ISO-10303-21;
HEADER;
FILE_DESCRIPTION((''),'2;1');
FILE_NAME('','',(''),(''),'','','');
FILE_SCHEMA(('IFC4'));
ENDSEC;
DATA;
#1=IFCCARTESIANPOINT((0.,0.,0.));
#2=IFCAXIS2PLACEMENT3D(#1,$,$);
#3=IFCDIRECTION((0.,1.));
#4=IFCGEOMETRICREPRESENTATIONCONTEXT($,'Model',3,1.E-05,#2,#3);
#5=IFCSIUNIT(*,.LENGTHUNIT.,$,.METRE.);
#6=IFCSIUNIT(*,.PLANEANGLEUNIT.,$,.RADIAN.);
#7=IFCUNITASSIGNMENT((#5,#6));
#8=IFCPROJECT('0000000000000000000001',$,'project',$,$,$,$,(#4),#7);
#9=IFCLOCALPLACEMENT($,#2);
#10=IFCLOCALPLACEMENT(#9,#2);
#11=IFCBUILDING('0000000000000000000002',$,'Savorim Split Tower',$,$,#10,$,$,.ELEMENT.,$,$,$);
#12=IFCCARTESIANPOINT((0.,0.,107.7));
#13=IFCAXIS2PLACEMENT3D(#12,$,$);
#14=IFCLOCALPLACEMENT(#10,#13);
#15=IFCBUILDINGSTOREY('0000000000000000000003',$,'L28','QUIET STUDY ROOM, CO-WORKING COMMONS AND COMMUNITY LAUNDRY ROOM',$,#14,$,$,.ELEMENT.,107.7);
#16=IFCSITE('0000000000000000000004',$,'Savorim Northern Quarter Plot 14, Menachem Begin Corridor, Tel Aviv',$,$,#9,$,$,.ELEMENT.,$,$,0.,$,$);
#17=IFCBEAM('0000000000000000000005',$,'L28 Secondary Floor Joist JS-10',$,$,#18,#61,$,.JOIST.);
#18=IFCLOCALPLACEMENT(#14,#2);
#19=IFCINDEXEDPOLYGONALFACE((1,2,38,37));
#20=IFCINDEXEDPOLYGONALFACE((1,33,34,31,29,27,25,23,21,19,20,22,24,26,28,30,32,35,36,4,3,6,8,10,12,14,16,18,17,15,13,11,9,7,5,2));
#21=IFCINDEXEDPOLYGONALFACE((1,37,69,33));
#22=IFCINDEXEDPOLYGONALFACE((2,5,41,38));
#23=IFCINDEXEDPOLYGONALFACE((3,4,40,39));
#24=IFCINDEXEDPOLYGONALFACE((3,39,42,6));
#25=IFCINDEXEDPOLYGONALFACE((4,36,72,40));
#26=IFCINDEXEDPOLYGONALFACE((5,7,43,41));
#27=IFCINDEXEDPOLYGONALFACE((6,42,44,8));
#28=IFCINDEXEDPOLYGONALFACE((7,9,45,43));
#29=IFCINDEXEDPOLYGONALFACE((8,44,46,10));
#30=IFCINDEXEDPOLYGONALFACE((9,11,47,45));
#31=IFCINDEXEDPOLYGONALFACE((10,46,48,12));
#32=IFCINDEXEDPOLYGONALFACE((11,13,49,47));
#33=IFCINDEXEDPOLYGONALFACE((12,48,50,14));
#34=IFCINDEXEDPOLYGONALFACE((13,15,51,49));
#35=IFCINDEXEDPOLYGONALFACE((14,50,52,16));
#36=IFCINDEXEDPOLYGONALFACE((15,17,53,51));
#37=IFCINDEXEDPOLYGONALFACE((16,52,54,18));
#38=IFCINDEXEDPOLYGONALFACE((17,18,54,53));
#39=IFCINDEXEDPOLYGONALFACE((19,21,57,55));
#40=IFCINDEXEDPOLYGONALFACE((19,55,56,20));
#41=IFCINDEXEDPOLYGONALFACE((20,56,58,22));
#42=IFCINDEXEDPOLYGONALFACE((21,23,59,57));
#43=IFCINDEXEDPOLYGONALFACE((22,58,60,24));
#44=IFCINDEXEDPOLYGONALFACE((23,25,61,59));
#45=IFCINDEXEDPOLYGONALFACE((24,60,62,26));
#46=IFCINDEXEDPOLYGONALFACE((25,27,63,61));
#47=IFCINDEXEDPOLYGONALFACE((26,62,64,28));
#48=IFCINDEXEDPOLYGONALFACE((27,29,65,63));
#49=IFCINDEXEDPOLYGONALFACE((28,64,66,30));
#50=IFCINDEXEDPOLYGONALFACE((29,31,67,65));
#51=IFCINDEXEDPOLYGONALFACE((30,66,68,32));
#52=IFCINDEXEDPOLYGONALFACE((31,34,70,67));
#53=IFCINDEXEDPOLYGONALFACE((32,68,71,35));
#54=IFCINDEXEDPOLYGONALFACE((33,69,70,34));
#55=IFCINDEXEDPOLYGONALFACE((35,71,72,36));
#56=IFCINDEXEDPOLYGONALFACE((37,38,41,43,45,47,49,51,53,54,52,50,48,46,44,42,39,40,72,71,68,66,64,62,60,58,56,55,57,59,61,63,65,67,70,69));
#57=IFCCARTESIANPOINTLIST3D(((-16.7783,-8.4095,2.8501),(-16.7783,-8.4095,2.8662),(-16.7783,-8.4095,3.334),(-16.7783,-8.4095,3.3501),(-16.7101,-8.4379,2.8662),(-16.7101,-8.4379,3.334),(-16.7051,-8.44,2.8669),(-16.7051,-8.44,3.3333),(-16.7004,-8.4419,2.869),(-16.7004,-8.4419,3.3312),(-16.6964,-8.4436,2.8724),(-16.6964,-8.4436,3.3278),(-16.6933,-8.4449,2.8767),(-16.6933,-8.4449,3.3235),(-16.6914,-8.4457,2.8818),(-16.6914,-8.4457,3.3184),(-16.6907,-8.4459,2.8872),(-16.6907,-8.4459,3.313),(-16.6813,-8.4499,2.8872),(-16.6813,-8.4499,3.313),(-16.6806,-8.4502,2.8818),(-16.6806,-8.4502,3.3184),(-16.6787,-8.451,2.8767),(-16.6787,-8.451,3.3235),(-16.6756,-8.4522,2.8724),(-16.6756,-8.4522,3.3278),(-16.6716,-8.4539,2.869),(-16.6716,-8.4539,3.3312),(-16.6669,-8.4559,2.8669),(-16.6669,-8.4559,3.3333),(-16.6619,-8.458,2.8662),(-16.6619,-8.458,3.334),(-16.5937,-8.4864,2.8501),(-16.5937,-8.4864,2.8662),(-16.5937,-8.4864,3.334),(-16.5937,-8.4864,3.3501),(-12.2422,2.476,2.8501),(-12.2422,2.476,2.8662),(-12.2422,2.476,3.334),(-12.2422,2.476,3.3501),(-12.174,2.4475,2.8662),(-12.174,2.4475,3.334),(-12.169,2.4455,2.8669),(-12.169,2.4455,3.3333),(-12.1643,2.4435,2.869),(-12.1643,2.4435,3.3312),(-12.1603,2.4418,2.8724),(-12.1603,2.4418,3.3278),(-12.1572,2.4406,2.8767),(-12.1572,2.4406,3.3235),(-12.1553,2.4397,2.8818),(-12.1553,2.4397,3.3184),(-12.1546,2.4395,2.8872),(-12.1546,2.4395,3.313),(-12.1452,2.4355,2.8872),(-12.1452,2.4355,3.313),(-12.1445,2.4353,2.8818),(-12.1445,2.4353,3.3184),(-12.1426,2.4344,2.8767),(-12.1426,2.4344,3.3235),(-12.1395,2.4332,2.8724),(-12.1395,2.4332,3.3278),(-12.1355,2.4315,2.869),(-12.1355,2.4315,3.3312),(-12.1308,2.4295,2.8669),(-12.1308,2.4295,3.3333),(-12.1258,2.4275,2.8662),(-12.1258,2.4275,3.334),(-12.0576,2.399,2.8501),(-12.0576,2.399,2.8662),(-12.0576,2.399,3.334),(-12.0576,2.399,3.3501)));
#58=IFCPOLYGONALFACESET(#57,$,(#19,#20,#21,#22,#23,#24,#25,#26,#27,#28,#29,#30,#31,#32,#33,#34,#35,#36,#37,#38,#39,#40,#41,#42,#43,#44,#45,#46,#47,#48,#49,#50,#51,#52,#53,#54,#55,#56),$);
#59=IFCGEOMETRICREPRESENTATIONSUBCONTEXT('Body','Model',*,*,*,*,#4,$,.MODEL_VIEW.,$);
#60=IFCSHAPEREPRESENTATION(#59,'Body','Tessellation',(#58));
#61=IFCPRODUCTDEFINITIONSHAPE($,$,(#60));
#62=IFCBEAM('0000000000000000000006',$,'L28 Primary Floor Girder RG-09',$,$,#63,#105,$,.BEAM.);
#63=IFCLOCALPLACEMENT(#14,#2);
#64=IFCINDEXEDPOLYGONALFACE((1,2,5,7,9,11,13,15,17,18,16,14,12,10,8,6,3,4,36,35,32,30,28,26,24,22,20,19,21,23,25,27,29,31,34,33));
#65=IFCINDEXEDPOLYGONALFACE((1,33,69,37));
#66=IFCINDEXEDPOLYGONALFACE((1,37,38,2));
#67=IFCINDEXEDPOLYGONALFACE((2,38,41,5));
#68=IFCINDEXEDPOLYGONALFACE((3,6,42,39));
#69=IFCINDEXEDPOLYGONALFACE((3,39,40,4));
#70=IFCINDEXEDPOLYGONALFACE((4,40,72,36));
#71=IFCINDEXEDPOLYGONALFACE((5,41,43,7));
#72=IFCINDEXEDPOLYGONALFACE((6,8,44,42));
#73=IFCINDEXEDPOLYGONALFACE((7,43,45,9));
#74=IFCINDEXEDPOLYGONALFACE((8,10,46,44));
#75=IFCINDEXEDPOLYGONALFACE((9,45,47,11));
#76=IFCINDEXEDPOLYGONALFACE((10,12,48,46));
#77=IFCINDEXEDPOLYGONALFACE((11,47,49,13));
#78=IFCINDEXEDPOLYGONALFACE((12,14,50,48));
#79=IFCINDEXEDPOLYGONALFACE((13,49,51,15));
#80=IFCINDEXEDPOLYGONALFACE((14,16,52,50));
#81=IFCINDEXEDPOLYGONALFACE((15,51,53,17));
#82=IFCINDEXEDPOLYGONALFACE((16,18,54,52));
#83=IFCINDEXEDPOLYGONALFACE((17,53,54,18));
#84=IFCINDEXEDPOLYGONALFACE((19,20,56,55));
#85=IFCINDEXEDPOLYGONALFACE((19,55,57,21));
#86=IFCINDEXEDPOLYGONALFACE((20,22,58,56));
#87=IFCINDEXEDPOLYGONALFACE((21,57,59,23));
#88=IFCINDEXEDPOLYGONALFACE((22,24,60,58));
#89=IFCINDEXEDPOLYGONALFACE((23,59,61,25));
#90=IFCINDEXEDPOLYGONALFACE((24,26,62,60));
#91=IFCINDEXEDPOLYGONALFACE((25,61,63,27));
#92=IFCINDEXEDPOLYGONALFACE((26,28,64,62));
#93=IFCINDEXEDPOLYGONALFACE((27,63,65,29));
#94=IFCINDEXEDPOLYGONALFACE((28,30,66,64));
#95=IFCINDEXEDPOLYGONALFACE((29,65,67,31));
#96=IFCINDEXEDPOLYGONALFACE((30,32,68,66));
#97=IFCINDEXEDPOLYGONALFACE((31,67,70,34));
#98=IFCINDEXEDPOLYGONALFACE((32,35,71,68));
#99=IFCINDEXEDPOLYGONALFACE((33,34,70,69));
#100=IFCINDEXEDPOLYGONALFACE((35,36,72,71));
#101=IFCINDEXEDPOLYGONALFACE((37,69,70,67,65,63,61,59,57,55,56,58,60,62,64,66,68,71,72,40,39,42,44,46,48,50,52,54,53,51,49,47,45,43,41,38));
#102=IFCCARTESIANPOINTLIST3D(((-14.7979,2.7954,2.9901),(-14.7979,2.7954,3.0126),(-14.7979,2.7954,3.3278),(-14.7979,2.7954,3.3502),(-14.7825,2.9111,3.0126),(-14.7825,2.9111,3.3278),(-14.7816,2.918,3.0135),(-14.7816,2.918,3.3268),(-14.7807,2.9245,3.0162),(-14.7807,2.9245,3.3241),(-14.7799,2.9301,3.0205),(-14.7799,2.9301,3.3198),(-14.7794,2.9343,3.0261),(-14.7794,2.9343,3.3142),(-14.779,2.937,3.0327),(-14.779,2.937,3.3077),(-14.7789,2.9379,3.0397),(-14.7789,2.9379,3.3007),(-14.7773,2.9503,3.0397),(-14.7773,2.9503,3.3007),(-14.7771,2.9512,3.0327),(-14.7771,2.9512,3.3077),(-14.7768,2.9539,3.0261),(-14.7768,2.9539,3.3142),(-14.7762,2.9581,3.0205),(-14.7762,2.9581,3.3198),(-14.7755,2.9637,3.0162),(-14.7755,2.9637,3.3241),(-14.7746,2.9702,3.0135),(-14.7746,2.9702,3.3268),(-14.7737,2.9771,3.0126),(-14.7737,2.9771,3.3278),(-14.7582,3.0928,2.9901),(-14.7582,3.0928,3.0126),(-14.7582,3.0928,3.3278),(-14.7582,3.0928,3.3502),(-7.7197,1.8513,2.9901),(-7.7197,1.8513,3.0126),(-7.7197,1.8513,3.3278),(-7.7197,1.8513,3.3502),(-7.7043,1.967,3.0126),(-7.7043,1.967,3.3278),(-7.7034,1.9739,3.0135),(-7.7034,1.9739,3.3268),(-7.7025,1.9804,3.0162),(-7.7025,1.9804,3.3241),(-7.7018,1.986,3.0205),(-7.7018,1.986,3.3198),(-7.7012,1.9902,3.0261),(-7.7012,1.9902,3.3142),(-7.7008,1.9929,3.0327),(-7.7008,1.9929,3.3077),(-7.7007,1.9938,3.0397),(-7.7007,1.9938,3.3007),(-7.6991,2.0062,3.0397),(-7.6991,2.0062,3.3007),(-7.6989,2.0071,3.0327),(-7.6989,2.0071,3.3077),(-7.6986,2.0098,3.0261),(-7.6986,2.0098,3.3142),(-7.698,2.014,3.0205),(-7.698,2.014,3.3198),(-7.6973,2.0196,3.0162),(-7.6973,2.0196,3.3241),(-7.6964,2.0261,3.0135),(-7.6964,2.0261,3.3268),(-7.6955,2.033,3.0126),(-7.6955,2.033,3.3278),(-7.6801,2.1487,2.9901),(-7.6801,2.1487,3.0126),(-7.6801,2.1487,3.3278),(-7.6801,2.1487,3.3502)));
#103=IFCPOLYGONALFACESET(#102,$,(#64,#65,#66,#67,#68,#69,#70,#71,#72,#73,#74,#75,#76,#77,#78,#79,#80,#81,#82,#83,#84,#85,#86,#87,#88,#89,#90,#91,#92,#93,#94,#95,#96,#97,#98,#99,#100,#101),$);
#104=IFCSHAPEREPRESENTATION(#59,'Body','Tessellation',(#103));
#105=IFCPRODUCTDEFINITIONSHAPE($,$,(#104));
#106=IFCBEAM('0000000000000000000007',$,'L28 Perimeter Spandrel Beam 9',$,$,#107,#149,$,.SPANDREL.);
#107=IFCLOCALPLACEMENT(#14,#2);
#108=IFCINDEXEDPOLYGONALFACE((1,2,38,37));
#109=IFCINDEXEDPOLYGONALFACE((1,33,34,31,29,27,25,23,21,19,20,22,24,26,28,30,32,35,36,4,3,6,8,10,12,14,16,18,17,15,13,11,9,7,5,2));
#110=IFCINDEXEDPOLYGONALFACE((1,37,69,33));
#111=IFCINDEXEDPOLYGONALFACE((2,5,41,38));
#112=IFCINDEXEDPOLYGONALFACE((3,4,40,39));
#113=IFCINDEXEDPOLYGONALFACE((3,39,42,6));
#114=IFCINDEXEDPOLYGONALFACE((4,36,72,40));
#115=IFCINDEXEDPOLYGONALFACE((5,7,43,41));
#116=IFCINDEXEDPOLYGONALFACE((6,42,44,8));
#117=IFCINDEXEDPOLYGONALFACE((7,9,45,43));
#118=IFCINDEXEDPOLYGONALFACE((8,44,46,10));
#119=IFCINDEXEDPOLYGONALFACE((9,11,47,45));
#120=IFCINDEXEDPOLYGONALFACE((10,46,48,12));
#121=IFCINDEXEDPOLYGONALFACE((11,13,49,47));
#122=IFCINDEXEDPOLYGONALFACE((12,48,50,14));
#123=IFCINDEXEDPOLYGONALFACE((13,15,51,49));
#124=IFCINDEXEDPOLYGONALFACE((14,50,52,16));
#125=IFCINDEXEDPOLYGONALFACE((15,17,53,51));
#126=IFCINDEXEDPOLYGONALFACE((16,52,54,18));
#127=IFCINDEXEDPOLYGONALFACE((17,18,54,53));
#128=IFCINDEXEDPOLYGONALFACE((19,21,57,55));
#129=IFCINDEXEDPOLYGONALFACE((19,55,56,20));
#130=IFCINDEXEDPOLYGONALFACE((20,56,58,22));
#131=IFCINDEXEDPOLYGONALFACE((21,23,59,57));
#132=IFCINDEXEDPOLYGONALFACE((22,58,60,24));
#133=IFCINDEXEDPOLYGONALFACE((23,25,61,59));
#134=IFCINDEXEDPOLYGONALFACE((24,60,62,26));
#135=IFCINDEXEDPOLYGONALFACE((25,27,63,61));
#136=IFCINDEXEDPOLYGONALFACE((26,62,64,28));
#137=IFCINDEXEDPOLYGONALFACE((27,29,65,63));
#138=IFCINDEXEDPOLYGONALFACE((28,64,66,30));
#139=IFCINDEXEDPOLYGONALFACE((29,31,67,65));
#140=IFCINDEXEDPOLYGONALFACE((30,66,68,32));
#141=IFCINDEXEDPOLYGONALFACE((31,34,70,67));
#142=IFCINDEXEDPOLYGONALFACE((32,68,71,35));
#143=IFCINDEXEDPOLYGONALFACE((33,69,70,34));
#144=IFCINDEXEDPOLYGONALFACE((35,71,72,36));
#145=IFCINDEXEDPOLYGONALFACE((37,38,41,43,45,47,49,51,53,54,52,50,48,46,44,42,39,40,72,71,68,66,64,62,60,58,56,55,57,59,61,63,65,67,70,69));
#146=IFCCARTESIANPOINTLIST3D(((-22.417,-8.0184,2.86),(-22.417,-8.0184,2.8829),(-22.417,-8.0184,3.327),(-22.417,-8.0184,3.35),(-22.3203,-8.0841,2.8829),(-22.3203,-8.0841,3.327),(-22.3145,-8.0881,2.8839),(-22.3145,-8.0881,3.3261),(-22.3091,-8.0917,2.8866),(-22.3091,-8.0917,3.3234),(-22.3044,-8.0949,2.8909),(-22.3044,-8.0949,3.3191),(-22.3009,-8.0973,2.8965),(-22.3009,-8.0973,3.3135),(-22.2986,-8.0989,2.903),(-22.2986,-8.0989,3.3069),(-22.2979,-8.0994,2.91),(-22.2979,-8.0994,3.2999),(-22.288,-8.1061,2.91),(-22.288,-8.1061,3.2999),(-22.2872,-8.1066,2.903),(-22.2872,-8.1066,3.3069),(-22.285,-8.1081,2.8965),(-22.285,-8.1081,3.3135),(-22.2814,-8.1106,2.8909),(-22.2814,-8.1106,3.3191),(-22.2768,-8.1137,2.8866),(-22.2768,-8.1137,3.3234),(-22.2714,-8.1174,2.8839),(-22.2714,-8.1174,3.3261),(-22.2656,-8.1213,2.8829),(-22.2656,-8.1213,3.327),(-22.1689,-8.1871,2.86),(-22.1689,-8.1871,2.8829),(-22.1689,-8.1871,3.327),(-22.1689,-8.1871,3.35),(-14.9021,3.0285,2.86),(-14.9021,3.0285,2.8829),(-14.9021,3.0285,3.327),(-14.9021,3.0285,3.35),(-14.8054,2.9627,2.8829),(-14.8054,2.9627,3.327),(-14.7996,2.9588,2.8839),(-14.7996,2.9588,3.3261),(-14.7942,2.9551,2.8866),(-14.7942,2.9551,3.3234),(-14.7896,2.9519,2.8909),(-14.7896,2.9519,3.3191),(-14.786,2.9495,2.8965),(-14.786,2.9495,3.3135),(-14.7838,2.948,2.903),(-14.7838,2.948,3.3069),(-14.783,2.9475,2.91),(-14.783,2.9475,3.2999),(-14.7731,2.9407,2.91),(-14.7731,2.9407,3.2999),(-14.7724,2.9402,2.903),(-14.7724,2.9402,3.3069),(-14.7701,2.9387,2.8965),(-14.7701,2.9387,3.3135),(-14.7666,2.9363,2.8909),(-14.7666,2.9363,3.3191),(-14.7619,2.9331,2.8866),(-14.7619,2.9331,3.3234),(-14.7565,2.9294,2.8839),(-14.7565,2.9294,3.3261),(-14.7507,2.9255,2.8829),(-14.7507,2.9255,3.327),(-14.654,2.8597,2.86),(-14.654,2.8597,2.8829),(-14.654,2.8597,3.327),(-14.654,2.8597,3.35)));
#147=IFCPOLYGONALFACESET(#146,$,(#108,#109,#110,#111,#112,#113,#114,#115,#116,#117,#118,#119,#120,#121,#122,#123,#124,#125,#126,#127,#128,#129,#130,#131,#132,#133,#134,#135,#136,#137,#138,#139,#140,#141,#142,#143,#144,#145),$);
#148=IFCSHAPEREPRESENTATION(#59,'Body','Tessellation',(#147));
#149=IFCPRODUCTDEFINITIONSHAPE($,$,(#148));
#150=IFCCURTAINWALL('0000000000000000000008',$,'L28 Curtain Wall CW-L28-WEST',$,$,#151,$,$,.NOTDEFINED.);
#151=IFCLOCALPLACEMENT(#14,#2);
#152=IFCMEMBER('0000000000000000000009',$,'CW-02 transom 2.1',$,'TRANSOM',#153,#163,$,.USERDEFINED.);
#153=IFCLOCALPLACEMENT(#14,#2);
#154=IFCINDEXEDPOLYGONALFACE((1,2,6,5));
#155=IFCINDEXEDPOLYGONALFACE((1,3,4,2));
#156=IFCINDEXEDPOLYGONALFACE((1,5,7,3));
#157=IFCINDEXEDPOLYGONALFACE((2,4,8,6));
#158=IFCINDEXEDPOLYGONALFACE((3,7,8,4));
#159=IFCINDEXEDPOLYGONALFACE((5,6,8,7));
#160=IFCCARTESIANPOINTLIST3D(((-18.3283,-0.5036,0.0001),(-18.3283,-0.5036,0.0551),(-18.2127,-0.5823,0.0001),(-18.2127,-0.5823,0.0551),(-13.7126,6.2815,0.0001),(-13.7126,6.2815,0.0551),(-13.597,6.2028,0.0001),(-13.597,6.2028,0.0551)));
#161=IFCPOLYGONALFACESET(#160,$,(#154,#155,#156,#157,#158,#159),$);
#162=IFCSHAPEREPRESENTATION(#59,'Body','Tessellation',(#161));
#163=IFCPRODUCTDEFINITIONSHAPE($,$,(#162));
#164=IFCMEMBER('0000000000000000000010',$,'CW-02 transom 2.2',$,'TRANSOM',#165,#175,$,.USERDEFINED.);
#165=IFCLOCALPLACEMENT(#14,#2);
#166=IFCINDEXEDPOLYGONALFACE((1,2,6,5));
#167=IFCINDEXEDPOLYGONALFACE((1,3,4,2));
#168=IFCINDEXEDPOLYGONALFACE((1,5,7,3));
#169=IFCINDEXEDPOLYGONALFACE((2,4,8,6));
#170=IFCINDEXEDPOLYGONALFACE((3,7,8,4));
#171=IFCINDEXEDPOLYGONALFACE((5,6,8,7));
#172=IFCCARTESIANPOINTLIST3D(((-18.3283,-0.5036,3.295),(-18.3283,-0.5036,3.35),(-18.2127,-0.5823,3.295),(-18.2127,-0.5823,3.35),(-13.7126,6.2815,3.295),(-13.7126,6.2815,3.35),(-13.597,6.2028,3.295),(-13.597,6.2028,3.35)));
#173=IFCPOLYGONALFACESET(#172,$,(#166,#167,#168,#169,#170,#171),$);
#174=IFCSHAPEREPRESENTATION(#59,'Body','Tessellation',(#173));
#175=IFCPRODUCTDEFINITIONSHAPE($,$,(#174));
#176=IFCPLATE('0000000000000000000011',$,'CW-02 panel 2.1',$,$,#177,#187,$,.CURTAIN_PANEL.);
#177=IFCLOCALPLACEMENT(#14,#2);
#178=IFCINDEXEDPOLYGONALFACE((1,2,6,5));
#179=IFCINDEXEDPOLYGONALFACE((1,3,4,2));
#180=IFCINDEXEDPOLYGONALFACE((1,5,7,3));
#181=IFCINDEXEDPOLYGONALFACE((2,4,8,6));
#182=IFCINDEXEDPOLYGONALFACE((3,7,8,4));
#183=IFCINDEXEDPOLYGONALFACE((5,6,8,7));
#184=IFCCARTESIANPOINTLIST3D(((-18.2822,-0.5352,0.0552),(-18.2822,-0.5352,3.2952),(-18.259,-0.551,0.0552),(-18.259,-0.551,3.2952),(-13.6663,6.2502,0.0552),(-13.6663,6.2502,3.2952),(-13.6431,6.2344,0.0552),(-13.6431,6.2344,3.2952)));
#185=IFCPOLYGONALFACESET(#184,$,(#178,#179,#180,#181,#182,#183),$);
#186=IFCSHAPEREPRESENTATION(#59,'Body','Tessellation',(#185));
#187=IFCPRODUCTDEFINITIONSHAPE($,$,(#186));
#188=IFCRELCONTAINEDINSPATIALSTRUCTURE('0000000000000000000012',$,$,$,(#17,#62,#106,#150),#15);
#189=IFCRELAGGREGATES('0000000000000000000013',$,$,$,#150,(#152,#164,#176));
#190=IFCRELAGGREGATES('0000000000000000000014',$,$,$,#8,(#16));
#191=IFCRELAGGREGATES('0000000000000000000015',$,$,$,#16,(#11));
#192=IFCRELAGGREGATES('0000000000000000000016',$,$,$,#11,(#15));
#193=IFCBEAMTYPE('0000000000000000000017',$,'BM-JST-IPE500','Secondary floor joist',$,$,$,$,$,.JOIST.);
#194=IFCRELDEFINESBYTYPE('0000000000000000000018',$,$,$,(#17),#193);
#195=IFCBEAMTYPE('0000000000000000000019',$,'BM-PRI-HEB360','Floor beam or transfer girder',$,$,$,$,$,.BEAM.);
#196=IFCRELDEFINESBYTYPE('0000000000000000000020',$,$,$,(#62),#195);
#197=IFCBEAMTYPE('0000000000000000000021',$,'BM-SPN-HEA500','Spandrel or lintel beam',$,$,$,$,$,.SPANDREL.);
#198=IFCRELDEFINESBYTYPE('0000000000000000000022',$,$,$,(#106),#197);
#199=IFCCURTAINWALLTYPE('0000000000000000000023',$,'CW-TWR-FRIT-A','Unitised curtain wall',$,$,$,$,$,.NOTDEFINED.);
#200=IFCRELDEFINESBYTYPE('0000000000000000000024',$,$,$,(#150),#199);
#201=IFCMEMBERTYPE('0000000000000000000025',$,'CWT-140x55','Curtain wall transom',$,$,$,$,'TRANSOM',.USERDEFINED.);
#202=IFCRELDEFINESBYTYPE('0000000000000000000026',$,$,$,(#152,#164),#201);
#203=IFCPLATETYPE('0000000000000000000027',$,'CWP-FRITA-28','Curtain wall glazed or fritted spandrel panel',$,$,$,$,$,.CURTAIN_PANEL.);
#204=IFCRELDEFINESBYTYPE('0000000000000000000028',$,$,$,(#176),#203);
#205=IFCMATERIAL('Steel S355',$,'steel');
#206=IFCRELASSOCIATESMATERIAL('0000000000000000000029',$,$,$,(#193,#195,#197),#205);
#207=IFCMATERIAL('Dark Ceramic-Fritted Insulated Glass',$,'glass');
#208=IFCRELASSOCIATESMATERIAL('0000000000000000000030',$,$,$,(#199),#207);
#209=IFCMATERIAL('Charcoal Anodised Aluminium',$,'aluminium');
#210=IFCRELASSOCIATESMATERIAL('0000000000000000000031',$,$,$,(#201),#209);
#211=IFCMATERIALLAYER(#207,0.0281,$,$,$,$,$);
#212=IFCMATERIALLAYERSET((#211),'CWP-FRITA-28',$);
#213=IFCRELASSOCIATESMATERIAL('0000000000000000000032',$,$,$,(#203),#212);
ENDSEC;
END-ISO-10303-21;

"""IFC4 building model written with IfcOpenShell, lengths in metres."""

from ifc_helpers import new_model, si_unit, direction, frame, origin, origin_2d, place, context, subcontext, project, spatial, rectangle, i_section, extrude, material, layer, layer_set, material_profile, profile_set, type_object, element, aggregate, save


model = new_model("IFC4")

# Units and contexts
model_context = context("Model", 3, precision=1e-05, world=origin(), true_north=direction((0.0, 1.0)))
body_context = subcontext(model_context, "Body", "Model", "MODEL_VIEW")
ifc_project = project(units=[si_unit("LENGTHUNIT", "METRE"), si_unit("PLANEANGLEUNIT", "RADIAN")], contexts=[model_context])

# Site, building, storey
site_placement = place(None, origin())
site = spatial("IfcSite", under=ifc_project, at=site_placement, Name="Savorim Northern Quarter Plot 14, Menachem Begin Corridor, Tel Aviv", CompositionType="ELEMENT", RefElevation=0.0)
building_placement = place(site_placement, origin())
building = spatial("IfcBuilding", under=site, at=building_placement, Name="Savorim Split Tower", CompositionType="ELEMENT")
storey_placement = place(building_placement, frame((0.0, 0.0, 107.7)))
storey = spatial("IfcBuildingStorey", under=building, at=storey_placement, Name="L28", Description="QUIET STUDY ROOM, CO-WORKING COMMONS AND COMMUNITY LAUNDRY ROOM", CompositionType="ELEMENT", Elevation=107.7)

# Beams
ifc_material_1 = material(Name="Steel S355", Category="steel")
ifc_material_profile_1 = material_profile(ifc_material_1, i_section(OverallWidth=0.2, OverallDepth=0.5, WebThickness=0.0103, FlangeThickness=0.0161, FilletRadius=0.021, at=origin_2d()), Name="IPE 500")
ifc_profile_set_1 = profile_set([ifc_material_profile_1], Name="Steel S355")
beam_type_1 = type_object("IfcBeamType", Name="BM-JST-IPE500", Description="Secondary floor joist", PredefinedType="JOIST", material=ifc_profile_set_1)
beam_1_placement = place(storey_placement, frame((-12.1499, 2.4375, 3.1001), z_axis=(-0.384652, -0.923062, 0.0), x_axis=(0.923062, -0.384652, 0.0)))
element("IfcBeam", 1, at=beam_1_placement, inside=storey, type_object=beam_type_1, Name="L28 Secondary Floor Joist JS-10", PredefinedType="JOIST", context=body_context, shape_type="SweptSolid", body=[
    extrude(i_section(OverallWidth=0.2, OverallDepth=0.5, WebThickness=0.0103, FlangeThickness=0.0161, FilletRadius=0.021, at=origin_2d()), origin(), (0.0, 0.0, 1.0), 11.7927),
])
ifc_material_profile_2 = material_profile(ifc_material_1, i_section(OverallWidth=0.3, OverallDepth=0.3601, WebThickness=0.0125, FlangeThickness=0.0225, FilletRadius=0.0271, at=origin_2d()), Name="HEB 360")
ifc_profile_set_2 = profile_set([ifc_material_profile_2], Name="Steel S355")
beam_type_2 = type_object("IfcBeamType", Name="BM-PRI-HEB360", Description="Floor beam or transfer girder", PredefinedType="BEAM", material=ifc_profile_set_2)
beam_2_placement = place(storey_placement, frame((-14.7781, 2.9441, 3.1702), z_axis=(0.991222, -0.132211, 0.0), x_axis=(0.132211, 0.991222, 0.0)))
element("IfcBeam", 2, at=beam_2_placement, inside=storey, type_object=beam_type_2, Name="L28 Primary Floor Girder RG-09", PredefinedType="BEAM", context=body_context, shape_type="SweptSolid", body=[
    extrude(i_section(OverallWidth=0.3, OverallDepth=0.3601, WebThickness=0.0125, FlangeThickness=0.0225, FilletRadius=0.0271, at=origin_2d()), origin(), (0.0, 0.0, 1.0), 7.1409),
])
ifc_material_profile_3 = material_profile(ifc_material_1, i_section(OverallWidth=0.3, OverallDepth=0.49, WebThickness=0.012, FlangeThickness=0.0229, FilletRadius=0.0271, at=origin_2d()), Name="HEA 500")
ifc_profile_set_3 = profile_set([ifc_material_profile_3], Name="Steel S355")
beam_type_3 = type_object("IfcBeamType", Name="BM-SPN-HEA500", Description="Spandrel or lintel beam", PredefinedType="SPANDREL", material=ifc_profile_set_3)
beam_3_placement = place(storey_placement, frame((-14.7781, 2.9441, 3.105), z_axis=(-0.562464, -0.826821, 0.0), x_axis=(0.826821, -0.562464, 0.0)))
element("IfcBeam", 3, at=beam_3_placement, inside=storey, type_object=beam_type_3, Name="L28 Perimeter Spandrel Beam 9", PredefinedType="SPANDREL", context=body_context, shape_type="SweptSolid", body=[
    extrude(i_section(OverallWidth=0.3, OverallDepth=0.49, WebThickness=0.012, FlangeThickness=0.0229, FilletRadius=0.0271, at=origin_2d()), origin(), (0.0, 0.0, 1.0), 13.3606),
])

# Curtain wall, members, plate
ifc_material_2 = material(Name="Dark Ceramic-Fritted Insulated Glass", Category="glass")
curtain_wall_type = type_object("IfcCurtainWallType", Name="CW-TWR-FRIT-A", Description="Unitised curtain wall", PredefinedType="NOTDEFINED", material=ifc_material_2)
curtain_wall_placement = place(storey_placement, origin())
curtain_wall = element("IfcCurtainWall", 4, at=curtain_wall_placement, inside=storey, type_object=curtain_wall_type, Name="L28 Curtain Wall CW-L28-WEST", PredefinedType="NOTDEFINED")
ifc_material_3 = material(Name="Charcoal Anodised Aluminium", Category="aluminium")
ifc_material_profile_4 = material_profile(ifc_material_3, rectangle(XDim=0.1399, YDim=0.0549, at=origin_2d()), Name="ALU-T 140x55")
ifc_profile_set_4 = profile_set([ifc_material_profile_4], Name="Charcoal Anodised Aluminium")
member_type = type_object("IfcMemberType", Name="CWT-140x55", Description="Curtain wall transom", ElementType="TRANSOM", PredefinedType="USERDEFINED", material=ifc_profile_set_4)
member_1_placement = place(storey_placement, frame((-13.6548, 6.2422, 0.0276), z_axis=(-0.562461, -0.826824, 0.0), x_axis=(0.826824, -0.562461, 0.0)))
member_1 = element("IfcMember", 5, at=member_1_placement, type_object=member_type, Name="CW-02 transom 2.1", ObjectType="TRANSOM", PredefinedType="USERDEFINED", context=body_context, shape_type="SweptSolid", body=[
    extrude(rectangle(XDim=0.1399, YDim=0.0549, at=origin_2d()), origin(), (0.0, 0.0, 1.0), 8.2063),
])
member_2_placement = place(storey_placement, frame((-13.6548, 6.2422, 3.3225), z_axis=(-0.562461, -0.826824, 0.0), x_axis=(0.826824, -0.562461, 0.0)))
member_2 = element("IfcMember", 6, at=member_2_placement, type_object=member_type, Name="CW-02 transom 2.2", ObjectType="TRANSOM", PredefinedType="USERDEFINED", context=body_context, shape_type="SweptSolid", body=[
    extrude(rectangle(XDim=0.1399, YDim=0.0549, at=origin_2d()), origin(), (0.0, 0.0, 1.0), 8.2063),
])
ifc_layer_1 = layer(ifc_material_2, 0.0281)
ifc_layer_set_1 = layer_set([ifc_layer_1], Name="CWP-FRITA-28")
plate_type = type_object("IfcPlateType", Name="CWP-FRITA-28", Description="Curtain wall glazed or fritted spandrel panel", PredefinedType="CURTAIN_PANEL", material=ifc_layer_set_1)
plate_placement = place(storey_placement, frame((-15.9626, 2.8496, 0.0552), z_axis=(0.0, 0.0, 1.0), x_axis=(-0.562467, -0.82682, 0.0)))
plate = element("IfcPlate", 7, at=plate_placement, type_object=plate_type, Name="CW-02 panel 2.1", PredefinedType="CURTAIN_PANEL", context=body_context, shape_type="SweptSolid", body=[
    extrude(rectangle(XDim=8.2065, YDim=0.0281, at=origin_2d()), origin(), (0.0, 0.0, 1.0), 3.24),
])
aggregate(curtain_wall, [member_1, member_2, plate])

save(model, "model.ifc")
